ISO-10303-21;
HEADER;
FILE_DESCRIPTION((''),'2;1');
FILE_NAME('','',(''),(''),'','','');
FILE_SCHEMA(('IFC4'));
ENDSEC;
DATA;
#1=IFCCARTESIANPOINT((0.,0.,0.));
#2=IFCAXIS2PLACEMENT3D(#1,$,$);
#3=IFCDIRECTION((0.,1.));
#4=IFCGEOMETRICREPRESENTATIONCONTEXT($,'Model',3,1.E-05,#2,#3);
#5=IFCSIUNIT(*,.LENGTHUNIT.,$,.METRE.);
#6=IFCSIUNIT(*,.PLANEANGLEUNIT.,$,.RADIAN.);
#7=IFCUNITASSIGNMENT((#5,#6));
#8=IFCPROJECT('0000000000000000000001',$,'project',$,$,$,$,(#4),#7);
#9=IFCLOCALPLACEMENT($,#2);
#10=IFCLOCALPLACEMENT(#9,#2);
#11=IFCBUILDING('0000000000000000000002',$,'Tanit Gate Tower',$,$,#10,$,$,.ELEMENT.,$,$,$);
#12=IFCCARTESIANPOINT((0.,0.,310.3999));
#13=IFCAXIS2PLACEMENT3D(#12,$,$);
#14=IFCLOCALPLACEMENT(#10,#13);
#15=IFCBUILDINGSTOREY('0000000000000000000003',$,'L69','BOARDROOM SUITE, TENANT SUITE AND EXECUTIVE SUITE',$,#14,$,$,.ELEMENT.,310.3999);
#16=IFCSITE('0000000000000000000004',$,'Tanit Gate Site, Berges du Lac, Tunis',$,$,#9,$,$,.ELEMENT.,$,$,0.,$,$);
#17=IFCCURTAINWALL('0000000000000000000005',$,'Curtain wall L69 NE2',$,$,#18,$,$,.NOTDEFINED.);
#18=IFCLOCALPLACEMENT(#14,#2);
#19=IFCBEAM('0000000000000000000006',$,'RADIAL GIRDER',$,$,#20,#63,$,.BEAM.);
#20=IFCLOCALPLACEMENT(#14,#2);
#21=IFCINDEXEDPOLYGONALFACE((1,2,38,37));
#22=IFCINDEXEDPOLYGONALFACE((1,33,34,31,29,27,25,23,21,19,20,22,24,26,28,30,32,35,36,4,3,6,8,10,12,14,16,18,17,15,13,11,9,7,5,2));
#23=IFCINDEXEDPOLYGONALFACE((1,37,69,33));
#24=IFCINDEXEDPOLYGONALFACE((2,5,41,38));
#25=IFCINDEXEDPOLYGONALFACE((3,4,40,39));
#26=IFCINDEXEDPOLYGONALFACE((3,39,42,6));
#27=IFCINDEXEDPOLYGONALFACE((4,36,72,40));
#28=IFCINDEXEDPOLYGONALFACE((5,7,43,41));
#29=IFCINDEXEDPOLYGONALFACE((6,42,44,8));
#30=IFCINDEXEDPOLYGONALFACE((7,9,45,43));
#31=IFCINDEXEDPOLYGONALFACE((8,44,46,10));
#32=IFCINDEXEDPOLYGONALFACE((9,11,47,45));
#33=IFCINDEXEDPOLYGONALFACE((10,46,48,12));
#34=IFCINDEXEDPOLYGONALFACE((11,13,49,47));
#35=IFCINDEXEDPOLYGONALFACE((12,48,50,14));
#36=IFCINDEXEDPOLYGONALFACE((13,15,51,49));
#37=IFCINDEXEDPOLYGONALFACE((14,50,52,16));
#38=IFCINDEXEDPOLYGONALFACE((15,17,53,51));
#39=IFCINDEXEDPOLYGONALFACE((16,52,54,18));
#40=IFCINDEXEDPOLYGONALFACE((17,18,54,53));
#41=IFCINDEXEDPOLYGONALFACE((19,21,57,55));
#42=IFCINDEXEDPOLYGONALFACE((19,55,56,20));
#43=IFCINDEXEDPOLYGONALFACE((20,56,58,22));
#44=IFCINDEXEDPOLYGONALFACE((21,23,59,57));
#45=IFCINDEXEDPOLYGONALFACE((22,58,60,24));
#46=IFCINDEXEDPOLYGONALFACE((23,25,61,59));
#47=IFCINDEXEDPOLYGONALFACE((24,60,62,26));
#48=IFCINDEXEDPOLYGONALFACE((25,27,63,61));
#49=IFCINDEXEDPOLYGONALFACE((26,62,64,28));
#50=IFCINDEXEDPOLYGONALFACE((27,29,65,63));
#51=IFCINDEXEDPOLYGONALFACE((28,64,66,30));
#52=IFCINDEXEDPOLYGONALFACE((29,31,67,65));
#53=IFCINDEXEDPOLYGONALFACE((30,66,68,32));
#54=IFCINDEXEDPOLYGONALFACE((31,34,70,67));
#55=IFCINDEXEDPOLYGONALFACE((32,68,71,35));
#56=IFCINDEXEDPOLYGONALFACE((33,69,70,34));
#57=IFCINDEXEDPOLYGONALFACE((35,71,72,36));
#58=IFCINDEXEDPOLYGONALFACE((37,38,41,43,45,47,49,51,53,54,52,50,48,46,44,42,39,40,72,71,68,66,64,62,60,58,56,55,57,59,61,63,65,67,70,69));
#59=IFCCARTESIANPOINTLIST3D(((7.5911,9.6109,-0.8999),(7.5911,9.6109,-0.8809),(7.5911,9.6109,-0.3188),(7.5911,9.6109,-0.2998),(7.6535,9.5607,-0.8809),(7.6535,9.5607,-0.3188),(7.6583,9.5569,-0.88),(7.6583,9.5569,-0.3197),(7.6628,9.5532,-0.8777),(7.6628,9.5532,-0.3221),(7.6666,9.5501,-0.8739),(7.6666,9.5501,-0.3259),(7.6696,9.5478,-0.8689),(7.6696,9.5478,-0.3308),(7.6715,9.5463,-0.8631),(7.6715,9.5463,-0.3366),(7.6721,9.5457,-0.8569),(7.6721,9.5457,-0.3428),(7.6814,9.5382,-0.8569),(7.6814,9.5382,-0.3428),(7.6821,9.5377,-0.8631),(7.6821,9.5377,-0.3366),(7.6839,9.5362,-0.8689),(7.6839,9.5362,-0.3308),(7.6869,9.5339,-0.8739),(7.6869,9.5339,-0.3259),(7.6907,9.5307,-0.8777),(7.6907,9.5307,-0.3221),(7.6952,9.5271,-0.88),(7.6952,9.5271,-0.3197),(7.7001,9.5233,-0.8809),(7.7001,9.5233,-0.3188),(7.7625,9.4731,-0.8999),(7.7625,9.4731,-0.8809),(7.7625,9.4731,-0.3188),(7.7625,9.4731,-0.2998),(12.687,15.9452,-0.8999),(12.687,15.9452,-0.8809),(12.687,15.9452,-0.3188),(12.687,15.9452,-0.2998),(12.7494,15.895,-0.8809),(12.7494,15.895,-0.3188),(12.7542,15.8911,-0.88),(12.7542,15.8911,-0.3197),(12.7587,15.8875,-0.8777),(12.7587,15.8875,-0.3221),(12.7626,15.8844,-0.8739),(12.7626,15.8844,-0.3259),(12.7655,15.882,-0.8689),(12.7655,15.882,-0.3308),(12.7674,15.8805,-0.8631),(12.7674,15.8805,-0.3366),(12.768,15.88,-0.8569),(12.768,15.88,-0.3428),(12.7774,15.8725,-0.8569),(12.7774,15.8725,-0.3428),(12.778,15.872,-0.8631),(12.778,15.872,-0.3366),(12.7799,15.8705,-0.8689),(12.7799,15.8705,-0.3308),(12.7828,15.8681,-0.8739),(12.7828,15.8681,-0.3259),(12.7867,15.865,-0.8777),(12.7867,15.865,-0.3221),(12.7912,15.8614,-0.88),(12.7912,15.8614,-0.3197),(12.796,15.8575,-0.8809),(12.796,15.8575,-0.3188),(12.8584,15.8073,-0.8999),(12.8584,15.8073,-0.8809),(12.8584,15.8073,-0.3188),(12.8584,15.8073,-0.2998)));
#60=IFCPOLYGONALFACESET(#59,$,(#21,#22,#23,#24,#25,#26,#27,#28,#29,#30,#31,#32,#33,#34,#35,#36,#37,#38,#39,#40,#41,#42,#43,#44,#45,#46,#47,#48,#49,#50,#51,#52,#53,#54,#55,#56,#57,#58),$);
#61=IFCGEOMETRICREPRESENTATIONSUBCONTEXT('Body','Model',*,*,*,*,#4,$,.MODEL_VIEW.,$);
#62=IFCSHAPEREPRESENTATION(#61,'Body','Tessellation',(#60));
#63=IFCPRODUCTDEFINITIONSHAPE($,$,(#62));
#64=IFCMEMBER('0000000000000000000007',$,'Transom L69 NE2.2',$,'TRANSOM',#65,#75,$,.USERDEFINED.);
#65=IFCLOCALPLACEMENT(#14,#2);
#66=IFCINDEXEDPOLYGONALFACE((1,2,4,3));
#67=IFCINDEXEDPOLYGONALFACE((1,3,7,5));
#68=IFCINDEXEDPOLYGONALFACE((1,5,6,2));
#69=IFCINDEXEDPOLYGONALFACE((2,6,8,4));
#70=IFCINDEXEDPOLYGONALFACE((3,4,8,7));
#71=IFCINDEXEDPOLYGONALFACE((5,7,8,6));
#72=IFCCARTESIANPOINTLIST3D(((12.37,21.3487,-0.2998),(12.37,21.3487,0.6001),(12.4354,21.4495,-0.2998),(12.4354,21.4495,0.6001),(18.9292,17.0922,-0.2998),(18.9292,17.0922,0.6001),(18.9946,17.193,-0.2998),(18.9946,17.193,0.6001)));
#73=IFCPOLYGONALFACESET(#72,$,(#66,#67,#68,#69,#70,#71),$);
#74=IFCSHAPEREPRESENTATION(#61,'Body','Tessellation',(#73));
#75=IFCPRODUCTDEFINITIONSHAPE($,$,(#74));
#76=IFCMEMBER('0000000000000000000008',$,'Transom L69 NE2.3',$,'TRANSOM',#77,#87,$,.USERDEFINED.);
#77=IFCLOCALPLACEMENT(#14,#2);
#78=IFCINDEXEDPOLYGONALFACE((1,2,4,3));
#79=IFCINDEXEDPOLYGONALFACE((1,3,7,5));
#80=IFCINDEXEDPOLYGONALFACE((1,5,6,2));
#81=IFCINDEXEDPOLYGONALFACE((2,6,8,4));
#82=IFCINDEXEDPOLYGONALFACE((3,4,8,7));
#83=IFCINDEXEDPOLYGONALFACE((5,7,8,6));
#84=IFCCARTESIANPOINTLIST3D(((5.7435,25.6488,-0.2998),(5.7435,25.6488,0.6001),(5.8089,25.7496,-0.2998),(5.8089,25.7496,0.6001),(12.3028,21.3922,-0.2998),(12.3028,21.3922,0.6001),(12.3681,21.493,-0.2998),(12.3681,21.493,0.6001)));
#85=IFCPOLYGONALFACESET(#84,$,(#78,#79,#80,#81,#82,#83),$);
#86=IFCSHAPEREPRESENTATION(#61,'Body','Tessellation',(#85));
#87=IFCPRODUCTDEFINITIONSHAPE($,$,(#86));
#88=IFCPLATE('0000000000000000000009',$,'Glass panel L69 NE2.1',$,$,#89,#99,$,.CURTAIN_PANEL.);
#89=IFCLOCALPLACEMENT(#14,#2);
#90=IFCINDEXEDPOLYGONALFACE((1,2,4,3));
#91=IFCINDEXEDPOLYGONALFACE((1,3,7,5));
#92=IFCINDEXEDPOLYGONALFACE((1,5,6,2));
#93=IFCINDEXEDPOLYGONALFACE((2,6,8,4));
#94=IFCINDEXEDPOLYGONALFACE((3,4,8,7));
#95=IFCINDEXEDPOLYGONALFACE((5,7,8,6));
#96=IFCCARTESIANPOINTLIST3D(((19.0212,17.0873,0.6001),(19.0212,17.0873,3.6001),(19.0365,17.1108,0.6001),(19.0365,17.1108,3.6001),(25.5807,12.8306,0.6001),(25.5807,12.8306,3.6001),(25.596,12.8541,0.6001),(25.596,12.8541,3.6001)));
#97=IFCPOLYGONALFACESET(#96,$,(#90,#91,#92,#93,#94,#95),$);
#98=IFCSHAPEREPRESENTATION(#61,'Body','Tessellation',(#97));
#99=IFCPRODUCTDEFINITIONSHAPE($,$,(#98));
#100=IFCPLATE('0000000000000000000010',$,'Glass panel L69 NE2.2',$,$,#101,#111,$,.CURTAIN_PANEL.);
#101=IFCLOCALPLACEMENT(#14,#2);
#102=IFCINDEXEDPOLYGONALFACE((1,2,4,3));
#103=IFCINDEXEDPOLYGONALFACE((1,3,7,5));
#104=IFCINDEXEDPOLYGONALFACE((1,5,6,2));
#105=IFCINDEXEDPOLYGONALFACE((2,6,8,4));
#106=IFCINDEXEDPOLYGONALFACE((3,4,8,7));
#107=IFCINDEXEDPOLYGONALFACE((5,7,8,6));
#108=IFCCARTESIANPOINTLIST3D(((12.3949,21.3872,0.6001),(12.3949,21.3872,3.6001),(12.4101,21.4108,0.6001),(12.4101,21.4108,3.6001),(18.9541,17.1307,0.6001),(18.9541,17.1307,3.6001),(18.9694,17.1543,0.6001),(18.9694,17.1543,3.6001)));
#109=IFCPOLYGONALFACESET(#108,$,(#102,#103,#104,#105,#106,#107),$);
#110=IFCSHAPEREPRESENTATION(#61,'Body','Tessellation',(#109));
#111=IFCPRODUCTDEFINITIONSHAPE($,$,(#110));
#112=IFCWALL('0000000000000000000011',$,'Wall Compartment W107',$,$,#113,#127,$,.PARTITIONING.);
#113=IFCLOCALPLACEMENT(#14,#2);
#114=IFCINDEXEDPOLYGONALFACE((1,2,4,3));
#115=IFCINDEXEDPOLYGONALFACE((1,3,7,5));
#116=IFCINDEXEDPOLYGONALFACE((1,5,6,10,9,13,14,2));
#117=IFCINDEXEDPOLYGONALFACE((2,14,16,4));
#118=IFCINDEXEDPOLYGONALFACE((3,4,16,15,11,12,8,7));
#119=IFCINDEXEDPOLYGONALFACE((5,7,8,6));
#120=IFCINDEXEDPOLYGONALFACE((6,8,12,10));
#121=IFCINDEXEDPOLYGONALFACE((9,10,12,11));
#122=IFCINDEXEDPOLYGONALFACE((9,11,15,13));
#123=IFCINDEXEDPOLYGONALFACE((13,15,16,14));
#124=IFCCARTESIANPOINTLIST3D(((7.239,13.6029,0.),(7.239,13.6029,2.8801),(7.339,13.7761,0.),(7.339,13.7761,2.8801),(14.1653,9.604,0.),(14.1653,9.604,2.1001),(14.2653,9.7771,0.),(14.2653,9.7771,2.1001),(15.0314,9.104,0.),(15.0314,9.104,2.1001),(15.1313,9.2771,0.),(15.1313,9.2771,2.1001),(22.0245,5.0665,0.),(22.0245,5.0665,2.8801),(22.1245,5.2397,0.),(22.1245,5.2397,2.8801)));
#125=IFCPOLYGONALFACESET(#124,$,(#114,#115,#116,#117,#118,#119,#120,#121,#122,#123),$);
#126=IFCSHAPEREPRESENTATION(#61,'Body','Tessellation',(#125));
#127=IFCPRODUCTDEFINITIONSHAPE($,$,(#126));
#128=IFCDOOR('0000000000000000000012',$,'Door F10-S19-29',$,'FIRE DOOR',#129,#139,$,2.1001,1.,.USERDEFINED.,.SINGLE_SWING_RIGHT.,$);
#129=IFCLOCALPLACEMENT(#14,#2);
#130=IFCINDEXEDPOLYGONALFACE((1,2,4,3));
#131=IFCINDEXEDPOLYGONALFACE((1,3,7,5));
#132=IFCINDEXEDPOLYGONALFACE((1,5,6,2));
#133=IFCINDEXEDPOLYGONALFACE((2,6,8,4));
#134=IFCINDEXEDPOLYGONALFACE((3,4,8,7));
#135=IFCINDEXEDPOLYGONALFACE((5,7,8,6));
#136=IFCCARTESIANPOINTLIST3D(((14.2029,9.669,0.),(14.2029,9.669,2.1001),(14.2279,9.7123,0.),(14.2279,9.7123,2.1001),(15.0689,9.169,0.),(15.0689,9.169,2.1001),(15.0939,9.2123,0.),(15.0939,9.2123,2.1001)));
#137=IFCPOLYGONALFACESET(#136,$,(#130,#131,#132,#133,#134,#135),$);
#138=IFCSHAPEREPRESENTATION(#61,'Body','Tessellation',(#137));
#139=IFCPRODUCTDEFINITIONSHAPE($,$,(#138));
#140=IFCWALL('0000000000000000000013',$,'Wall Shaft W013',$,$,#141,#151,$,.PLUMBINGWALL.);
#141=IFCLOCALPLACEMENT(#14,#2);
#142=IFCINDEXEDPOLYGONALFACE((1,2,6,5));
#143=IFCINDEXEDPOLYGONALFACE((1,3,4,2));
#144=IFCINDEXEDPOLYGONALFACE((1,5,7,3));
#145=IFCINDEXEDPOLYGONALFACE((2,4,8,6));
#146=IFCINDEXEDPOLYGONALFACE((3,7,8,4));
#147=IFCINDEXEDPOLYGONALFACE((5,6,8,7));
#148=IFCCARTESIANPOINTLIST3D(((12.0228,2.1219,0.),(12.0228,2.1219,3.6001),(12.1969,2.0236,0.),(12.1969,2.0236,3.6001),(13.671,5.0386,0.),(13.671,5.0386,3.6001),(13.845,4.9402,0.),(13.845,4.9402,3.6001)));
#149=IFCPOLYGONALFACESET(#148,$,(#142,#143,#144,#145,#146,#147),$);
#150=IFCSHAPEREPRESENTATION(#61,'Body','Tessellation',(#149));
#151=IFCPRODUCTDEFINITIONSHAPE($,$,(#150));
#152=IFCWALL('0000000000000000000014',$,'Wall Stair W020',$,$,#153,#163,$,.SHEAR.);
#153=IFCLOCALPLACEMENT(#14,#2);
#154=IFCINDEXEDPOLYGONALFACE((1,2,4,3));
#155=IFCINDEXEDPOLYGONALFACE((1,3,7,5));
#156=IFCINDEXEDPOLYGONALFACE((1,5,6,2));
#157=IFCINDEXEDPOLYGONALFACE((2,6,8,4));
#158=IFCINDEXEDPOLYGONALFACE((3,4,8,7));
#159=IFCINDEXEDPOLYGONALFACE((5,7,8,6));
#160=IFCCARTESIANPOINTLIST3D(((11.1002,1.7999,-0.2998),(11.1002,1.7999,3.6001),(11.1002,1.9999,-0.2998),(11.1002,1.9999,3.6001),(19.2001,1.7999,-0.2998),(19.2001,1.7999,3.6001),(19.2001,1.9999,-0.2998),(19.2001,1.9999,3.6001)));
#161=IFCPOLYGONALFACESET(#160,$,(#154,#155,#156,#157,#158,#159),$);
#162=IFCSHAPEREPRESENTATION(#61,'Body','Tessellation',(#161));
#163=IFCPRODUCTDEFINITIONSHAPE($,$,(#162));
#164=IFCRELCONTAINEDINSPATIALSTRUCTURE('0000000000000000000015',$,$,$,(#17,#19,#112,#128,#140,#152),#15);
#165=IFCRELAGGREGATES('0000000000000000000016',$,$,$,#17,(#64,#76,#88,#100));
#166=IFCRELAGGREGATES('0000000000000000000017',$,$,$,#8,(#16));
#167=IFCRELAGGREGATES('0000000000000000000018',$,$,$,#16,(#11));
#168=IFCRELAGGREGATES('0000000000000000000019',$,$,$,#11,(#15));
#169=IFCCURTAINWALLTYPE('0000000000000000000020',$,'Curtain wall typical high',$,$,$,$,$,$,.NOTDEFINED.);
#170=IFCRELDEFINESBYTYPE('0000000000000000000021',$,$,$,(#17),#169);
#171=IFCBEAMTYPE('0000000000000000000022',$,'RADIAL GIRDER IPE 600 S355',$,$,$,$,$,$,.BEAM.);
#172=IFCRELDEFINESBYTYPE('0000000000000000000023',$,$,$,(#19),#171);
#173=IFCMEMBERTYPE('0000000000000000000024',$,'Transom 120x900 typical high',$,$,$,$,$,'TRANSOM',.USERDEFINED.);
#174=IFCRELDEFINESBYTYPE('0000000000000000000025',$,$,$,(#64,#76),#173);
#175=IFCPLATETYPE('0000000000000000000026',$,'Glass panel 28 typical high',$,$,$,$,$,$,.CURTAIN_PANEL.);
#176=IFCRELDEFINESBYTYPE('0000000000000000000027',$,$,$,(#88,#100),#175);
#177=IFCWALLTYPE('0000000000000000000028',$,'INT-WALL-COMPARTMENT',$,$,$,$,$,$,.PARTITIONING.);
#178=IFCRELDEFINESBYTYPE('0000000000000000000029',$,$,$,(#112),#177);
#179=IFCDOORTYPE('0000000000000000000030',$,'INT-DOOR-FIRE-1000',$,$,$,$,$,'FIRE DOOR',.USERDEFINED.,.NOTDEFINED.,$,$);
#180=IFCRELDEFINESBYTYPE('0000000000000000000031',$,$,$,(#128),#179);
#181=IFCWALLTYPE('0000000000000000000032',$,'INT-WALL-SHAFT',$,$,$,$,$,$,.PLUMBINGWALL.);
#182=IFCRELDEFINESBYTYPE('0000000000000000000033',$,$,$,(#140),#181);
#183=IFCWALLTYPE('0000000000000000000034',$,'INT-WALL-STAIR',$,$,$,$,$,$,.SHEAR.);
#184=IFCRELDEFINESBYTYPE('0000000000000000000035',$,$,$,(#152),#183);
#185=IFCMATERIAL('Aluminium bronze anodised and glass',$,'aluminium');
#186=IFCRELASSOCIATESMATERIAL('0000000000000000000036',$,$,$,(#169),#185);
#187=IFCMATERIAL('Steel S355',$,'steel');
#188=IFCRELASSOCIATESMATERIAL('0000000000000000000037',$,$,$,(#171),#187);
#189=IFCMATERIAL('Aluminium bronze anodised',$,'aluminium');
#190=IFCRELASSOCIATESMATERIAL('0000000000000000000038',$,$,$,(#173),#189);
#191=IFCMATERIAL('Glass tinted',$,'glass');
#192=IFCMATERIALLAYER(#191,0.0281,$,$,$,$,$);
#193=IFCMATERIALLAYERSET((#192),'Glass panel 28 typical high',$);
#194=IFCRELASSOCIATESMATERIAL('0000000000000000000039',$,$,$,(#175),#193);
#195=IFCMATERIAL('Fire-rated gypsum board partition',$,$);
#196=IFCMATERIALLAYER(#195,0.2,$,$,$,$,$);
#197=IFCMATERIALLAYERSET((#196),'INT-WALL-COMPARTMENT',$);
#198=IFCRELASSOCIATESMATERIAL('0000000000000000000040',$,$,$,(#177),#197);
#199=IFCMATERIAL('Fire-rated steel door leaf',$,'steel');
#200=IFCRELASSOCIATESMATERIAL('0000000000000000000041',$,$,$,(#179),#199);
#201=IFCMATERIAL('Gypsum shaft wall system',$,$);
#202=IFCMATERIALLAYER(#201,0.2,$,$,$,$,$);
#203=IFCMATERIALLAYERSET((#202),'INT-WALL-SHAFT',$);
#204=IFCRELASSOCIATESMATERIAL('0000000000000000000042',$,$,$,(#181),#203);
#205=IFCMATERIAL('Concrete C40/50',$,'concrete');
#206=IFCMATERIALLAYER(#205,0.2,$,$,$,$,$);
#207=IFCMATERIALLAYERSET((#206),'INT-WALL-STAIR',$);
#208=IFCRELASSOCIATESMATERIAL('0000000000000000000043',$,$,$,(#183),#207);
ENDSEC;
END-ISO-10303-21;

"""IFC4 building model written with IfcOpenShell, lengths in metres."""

from ifc_helpers import new_model, si_unit, direction, frame, frame_2d, origin, origin_2d, place, context, subcontext, project, spatial, rectangle, i_section, extrude, material, layer, layer_set, material_profile, profile_set, type_object, element, fill, aggregate, save


model = new_model("IFC4")

# Units and contexts
model_context = context("Model", 3, precision=1e-05, world=origin(), true_north=direction((0.0, 1.0)))
body_context = subcontext(model_context, "Body", "Model", "MODEL_VIEW")
ifc_project = project(units=[si_unit("LENGTHUNIT", "METRE"), si_unit("PLANEANGLEUNIT", "RADIAN")], contexts=[model_context])

# Site, building, storey
site_placement = place(None, origin())
site = spatial("IfcSite", under=ifc_project, at=site_placement, Name="Tanit Gate Site, Berges du Lac, Tunis", CompositionType="ELEMENT", RefElevation=0.0)
building_placement = place(site_placement, origin())
building = spatial("IfcBuilding", under=site, at=building_placement, Name="Tanit Gate Tower", CompositionType="ELEMENT")
storey_placement = place(building_placement, frame((0.0, 0.0, 310.3999)))
storey = spatial("IfcBuildingStorey", under=building, at=storey_placement, Name="L69", Description="BOARDROOM SUITE, TENANT SUITE AND EXECUTIVE SUITE", CompositionType="ELEMENT", Elevation=310.3999)

# Curtain wall
ifc_material_1 = material(Name="Aluminium bronze anodised and glass", Category="aluminium")
curtain_wall_type = type_object("IfcCurtainWallType", Name="Curtain wall typical high", PredefinedType="NOTDEFINED", material=ifc_material_1)
curtain_wall_placement = place(storey_placement, origin())
curtain_wall = element("IfcCurtainWall", 1, at=curtain_wall_placement, inside=storey, type_object=curtain_wall_type, Name="Curtain wall L69 NE2", PredefinedType="NOTDEFINED")

# Beam
ifc_material_2 = material(Name="Steel S355", Category="steel")
ifc_material_profile_1 = material_profile(ifc_material_2, i_section(OverallWidth=0.22, OverallDepth=0.6001, WebThickness=0.012, FlangeThickness=0.019, FilletRadius=0.0239, at=origin_2d()), Name="IPE 600")
ifc_profile_set_1 = profile_set([ifc_material_profile_1], Name="Steel S355")
beam_type_1 = type_object("IfcBeamType", Name="RADIAL GIRDER IPE 600 S355", PredefinedType="BEAM", material=ifc_profile_set_1)
beam_1_placement = place(storey_placement, frame((12.7727, 15.8762, -0.5999), z_axis=(-0.626835, -0.779152, 0.0), x_axis=(0.779152, -0.626835, 0.0)))
element("IfcBeam", 2, at=beam_1_placement, inside=storey, type_object=beam_type_1, Name="RADIAL GIRDER", PredefinedType="BEAM", context=body_context, shape_type="SweptSolid", body=[
    extrude(i_section(OverallWidth=0.22, OverallDepth=0.6001, WebThickness=0.012, FlangeThickness=0.019, FilletRadius=0.0239, at=origin_2d()), origin(), (0.0, 0.0, 1.0), 8.1296),
])

# Members
ifc_material_3 = material(Name="Aluminium bronze anodised", Category="aluminium")
ifc_material_profile_2 = material_profile(ifc_material_3, rectangle(XDim=0.1201, YDim=0.8999, at=origin_2d()), Name="120x900 bronze transom")
ifc_profile_set_2 = profile_set([ifc_material_profile_2], Name="Aluminium bronze anodised")
member_type_1 = type_object("IfcMemberType", Name="Transom 120x900 typical high", ElementType="TRANSOM", PredefinedType="USERDEFINED", material=ifc_profile_set_2)
member_1_placement = place(storey_placement, frame((18.9619, 17.1426, 0.1501), z_axis=(-0.838851, 0.544362, 0.0), x_axis=(-0.544362, -0.838851, 0.0)))
member_1 = element("IfcMember", 3, at=member_1_placement, type_object=member_type_1, Name="Transom L69 NE2.2", ObjectType="TRANSOM", PredefinedType="USERDEFINED", context=body_context, shape_type="SweptSolid", body=[
    extrude(rectangle(XDim=0.1201, YDim=0.8999, at=origin_2d()), origin(), (0.0, 0.0, 1.0), 7.8193),
])
member_2_placement = place(storey_placement, frame((12.3354, 21.4426, 0.1501), z_axis=(-0.838851, 0.544362, 0.0), x_axis=(-0.544362, -0.838851, 0.0)))
member_2 = element("IfcMember", 4, at=member_2_placement, type_object=member_type_1, Name="Transom L69 NE2.3", ObjectType="TRANSOM", PredefinedType="USERDEFINED", context=body_context, shape_type="SweptSolid", body=[
    extrude(rectangle(XDim=0.1201, YDim=0.8999, at=origin_2d()), origin(), (0.0, 0.0, 1.0), 7.8193),
])

# Plates
ifc_material_4 = material(Name="Glass tinted", Category="glass")
ifc_layer_1 = layer(ifc_material_4, 0.0281)
ifc_layer_set_1 = layer_set([ifc_layer_1], Name="Glass panel 28 typical high")
plate_type = type_object("IfcPlateType", Name="Glass panel 28 typical high", PredefinedType="CURTAIN_PANEL", material=ifc_layer_set_1)
plate_1_placement = place(storey_placement, frame((22.3086, 14.9707, 0.6001), z_axis=(0.0, 0.0, 1.0), x_axis=(-0.838852, 0.544359, 0.0)))
plate_1 = element("IfcPlate", 5, at=plate_1_placement, type_object=plate_type, Name="Glass panel L69 NE2.1", PredefinedType="CURTAIN_PANEL", context=body_context, shape_type="SweptSolid", body=[
    extrude(rectangle(XDim=7.8196, YDim=0.0281, at=origin_2d()), origin(), (0.0, 0.0, 1.0), 3.0),
])
plate_2_placement = place(storey_placement, frame((15.6821, 19.2708, 0.6001), z_axis=(0.0, 0.0, 1.0), x_axis=(-0.838852, 0.544359, 0.0)))
plate_2 = element("IfcPlate", 6, at=plate_2_placement, type_object=plate_type, Name="Glass panel L69 NE2.2", PredefinedType="CURTAIN_PANEL", context=body_context, shape_type="SweptSolid", body=[
    extrude(rectangle(XDim=7.8193, YDim=0.0281, at=origin_2d()), origin(), (0.0, 0.0, 1.0), 3.0),
])
aggregate(curtain_wall, [member_1, member_2, plate_1, plate_2])

# Wall, opening, door
ifc_material_5 = material(Name="Fire-rated gypsum board partition")
ifc_layer_2 = layer(ifc_material_5, 0.2)
ifc_layer_set_2 = layer_set([ifc_layer_2], Name="INT-WALL-COMPARTMENT")
wall_type_1 = type_object("IfcWallType", Name="INT-WALL-COMPARTMENT", PredefinedType="PARTITIONING", material=ifc_layer_set_2)
wall_1_placement = place(storey_placement, frame((22.0745, 5.1531, 0.0), z_axis=(0.0, 0.0, 1.0), x_axis=(-0.866025, 0.500001, 0.0)))
wall_1 = element("IfcWall", 7, at=wall_1_placement, inside=storey, type_object=wall_type_1, Name="Wall Compartment W107", PredefinedType="PARTITIONING", context=body_context, shape_type="SweptSolid", body=[
    extrude(rectangle(XDim=17.0728, YDim=0.2, at=frame_2d((8.5364, 0.0))), origin(), (0.0, 0.0, 1.0), 2.8801),
])
opening_1_placement = place(wall_1_placement, frame((8.075, 0.0, 0.0)))
opening_1 = element("IfcOpeningElement", 8, at=opening_1_placement, cuts=wall_1, PredefinedType="OPENING", context=body_context, shape_type="SweptSolid", body=[
    extrude(rectangle(XDim=1.0, YDim=2.1001, at=frame_2d((0.5, 1.05))), frame((0.0, 0.1099, 0.0), z_axis=(0.0, -1.0, 0.0), x_axis=(1.0, 0.0, 0.0)), (0.0, 0.0, 1.0), 0.22),
])
ifc_material_6 = material(Name="Fire-rated steel door leaf", Category="steel")
door_type_1 = type_object("IfcDoorType", Name="INT-DOOR-FIRE-1000", ElementType="FIRE DOOR", OperationType="NOTDEFINED", PredefinedType="USERDEFINED", material=ifc_material_6)
door_1_placement = place(opening_1_placement, origin())
door_1 = element("IfcDoor", 9, at=door_1_placement, inside=storey, type_object=door_type_1, Name="Door F10-S19-29", ObjectType="FIRE DOOR", OperationType="SINGLE_SWING_RIGHT", OverallHeight=2.1001, OverallWidth=1.0, PredefinedType="USERDEFINED", context=body_context, shape_type="SweptSolid", body=[
    extrude(rectangle(XDim=1.0, YDim=2.1001, at=frame_2d((0.5, 1.05))), frame((0.0, 0.0249, 0.0), z_axis=(0.0, -1.0, 0.0), x_axis=(1.0, 0.0, 0.0)), (0.0, 0.0, 1.0), 0.05),
])
fill(opening_1, door_1)

# Walls
ifc_material_7 = material(Name="Gypsum shaft wall system")
ifc_layer_3 = layer(ifc_material_7, 0.2)
ifc_layer_set_3 = layer_set([ifc_layer_3], Name="INT-WALL-SHAFT")
wall_type_2 = type_object("IfcWallType", Name="INT-WALL-SHAFT", PredefinedType="PLUMBINGWALL", material=ifc_layer_set_3)
wall_2_placement = place(storey_placement, frame((12.1099, 2.0728, 0.0), z_axis=(0.0, 0.0, 1.0), x_axis=(0.491966, 0.870614, 0.0)))
element("IfcWall", 10, at=wall_2_placement, inside=storey, type_object=wall_type_2, Name="Wall Shaft W013", PredefinedType="PLUMBINGWALL", context=body_context, shape_type="SweptSolid", body=[
    extrude(rectangle(XDim=3.3501, YDim=0.2, at=frame_2d((1.675, 0.0))), origin(), (0.0, 0.0, 1.0), 3.6001),
])
ifc_material_8 = material(Name="Concrete C40/50", Category="concrete")
ifc_layer_4 = layer(ifc_material_8, 0.2)
ifc_layer_set_4 = layer_set([ifc_layer_4], Name="INT-WALL-STAIR")
wall_type_3 = type_object("IfcWallType", Name="INT-WALL-STAIR", PredefinedType="SHEAR", material=ifc_layer_set_4)
wall_3_placement = place(storey_placement, frame((19.2, 1.8999, -0.2998), z_axis=(0.0, 0.0, 1.0), x_axis=(-1.0, 0.0, 0.0)))
element("IfcWall", 11, at=wall_3_placement, inside=storey, type_object=wall_type_3, Name="Wall Stair W020", PredefinedType="SHEAR", context=body_context, shape_type="SweptSolid", body=[
    extrude(rectangle(XDim=8.0999, YDim=0.2, at=frame_2d((4.0498, 0.0))), origin(), (0.0, 0.0, 1.0), 3.8999),
])

save(model, "model.ifc")
